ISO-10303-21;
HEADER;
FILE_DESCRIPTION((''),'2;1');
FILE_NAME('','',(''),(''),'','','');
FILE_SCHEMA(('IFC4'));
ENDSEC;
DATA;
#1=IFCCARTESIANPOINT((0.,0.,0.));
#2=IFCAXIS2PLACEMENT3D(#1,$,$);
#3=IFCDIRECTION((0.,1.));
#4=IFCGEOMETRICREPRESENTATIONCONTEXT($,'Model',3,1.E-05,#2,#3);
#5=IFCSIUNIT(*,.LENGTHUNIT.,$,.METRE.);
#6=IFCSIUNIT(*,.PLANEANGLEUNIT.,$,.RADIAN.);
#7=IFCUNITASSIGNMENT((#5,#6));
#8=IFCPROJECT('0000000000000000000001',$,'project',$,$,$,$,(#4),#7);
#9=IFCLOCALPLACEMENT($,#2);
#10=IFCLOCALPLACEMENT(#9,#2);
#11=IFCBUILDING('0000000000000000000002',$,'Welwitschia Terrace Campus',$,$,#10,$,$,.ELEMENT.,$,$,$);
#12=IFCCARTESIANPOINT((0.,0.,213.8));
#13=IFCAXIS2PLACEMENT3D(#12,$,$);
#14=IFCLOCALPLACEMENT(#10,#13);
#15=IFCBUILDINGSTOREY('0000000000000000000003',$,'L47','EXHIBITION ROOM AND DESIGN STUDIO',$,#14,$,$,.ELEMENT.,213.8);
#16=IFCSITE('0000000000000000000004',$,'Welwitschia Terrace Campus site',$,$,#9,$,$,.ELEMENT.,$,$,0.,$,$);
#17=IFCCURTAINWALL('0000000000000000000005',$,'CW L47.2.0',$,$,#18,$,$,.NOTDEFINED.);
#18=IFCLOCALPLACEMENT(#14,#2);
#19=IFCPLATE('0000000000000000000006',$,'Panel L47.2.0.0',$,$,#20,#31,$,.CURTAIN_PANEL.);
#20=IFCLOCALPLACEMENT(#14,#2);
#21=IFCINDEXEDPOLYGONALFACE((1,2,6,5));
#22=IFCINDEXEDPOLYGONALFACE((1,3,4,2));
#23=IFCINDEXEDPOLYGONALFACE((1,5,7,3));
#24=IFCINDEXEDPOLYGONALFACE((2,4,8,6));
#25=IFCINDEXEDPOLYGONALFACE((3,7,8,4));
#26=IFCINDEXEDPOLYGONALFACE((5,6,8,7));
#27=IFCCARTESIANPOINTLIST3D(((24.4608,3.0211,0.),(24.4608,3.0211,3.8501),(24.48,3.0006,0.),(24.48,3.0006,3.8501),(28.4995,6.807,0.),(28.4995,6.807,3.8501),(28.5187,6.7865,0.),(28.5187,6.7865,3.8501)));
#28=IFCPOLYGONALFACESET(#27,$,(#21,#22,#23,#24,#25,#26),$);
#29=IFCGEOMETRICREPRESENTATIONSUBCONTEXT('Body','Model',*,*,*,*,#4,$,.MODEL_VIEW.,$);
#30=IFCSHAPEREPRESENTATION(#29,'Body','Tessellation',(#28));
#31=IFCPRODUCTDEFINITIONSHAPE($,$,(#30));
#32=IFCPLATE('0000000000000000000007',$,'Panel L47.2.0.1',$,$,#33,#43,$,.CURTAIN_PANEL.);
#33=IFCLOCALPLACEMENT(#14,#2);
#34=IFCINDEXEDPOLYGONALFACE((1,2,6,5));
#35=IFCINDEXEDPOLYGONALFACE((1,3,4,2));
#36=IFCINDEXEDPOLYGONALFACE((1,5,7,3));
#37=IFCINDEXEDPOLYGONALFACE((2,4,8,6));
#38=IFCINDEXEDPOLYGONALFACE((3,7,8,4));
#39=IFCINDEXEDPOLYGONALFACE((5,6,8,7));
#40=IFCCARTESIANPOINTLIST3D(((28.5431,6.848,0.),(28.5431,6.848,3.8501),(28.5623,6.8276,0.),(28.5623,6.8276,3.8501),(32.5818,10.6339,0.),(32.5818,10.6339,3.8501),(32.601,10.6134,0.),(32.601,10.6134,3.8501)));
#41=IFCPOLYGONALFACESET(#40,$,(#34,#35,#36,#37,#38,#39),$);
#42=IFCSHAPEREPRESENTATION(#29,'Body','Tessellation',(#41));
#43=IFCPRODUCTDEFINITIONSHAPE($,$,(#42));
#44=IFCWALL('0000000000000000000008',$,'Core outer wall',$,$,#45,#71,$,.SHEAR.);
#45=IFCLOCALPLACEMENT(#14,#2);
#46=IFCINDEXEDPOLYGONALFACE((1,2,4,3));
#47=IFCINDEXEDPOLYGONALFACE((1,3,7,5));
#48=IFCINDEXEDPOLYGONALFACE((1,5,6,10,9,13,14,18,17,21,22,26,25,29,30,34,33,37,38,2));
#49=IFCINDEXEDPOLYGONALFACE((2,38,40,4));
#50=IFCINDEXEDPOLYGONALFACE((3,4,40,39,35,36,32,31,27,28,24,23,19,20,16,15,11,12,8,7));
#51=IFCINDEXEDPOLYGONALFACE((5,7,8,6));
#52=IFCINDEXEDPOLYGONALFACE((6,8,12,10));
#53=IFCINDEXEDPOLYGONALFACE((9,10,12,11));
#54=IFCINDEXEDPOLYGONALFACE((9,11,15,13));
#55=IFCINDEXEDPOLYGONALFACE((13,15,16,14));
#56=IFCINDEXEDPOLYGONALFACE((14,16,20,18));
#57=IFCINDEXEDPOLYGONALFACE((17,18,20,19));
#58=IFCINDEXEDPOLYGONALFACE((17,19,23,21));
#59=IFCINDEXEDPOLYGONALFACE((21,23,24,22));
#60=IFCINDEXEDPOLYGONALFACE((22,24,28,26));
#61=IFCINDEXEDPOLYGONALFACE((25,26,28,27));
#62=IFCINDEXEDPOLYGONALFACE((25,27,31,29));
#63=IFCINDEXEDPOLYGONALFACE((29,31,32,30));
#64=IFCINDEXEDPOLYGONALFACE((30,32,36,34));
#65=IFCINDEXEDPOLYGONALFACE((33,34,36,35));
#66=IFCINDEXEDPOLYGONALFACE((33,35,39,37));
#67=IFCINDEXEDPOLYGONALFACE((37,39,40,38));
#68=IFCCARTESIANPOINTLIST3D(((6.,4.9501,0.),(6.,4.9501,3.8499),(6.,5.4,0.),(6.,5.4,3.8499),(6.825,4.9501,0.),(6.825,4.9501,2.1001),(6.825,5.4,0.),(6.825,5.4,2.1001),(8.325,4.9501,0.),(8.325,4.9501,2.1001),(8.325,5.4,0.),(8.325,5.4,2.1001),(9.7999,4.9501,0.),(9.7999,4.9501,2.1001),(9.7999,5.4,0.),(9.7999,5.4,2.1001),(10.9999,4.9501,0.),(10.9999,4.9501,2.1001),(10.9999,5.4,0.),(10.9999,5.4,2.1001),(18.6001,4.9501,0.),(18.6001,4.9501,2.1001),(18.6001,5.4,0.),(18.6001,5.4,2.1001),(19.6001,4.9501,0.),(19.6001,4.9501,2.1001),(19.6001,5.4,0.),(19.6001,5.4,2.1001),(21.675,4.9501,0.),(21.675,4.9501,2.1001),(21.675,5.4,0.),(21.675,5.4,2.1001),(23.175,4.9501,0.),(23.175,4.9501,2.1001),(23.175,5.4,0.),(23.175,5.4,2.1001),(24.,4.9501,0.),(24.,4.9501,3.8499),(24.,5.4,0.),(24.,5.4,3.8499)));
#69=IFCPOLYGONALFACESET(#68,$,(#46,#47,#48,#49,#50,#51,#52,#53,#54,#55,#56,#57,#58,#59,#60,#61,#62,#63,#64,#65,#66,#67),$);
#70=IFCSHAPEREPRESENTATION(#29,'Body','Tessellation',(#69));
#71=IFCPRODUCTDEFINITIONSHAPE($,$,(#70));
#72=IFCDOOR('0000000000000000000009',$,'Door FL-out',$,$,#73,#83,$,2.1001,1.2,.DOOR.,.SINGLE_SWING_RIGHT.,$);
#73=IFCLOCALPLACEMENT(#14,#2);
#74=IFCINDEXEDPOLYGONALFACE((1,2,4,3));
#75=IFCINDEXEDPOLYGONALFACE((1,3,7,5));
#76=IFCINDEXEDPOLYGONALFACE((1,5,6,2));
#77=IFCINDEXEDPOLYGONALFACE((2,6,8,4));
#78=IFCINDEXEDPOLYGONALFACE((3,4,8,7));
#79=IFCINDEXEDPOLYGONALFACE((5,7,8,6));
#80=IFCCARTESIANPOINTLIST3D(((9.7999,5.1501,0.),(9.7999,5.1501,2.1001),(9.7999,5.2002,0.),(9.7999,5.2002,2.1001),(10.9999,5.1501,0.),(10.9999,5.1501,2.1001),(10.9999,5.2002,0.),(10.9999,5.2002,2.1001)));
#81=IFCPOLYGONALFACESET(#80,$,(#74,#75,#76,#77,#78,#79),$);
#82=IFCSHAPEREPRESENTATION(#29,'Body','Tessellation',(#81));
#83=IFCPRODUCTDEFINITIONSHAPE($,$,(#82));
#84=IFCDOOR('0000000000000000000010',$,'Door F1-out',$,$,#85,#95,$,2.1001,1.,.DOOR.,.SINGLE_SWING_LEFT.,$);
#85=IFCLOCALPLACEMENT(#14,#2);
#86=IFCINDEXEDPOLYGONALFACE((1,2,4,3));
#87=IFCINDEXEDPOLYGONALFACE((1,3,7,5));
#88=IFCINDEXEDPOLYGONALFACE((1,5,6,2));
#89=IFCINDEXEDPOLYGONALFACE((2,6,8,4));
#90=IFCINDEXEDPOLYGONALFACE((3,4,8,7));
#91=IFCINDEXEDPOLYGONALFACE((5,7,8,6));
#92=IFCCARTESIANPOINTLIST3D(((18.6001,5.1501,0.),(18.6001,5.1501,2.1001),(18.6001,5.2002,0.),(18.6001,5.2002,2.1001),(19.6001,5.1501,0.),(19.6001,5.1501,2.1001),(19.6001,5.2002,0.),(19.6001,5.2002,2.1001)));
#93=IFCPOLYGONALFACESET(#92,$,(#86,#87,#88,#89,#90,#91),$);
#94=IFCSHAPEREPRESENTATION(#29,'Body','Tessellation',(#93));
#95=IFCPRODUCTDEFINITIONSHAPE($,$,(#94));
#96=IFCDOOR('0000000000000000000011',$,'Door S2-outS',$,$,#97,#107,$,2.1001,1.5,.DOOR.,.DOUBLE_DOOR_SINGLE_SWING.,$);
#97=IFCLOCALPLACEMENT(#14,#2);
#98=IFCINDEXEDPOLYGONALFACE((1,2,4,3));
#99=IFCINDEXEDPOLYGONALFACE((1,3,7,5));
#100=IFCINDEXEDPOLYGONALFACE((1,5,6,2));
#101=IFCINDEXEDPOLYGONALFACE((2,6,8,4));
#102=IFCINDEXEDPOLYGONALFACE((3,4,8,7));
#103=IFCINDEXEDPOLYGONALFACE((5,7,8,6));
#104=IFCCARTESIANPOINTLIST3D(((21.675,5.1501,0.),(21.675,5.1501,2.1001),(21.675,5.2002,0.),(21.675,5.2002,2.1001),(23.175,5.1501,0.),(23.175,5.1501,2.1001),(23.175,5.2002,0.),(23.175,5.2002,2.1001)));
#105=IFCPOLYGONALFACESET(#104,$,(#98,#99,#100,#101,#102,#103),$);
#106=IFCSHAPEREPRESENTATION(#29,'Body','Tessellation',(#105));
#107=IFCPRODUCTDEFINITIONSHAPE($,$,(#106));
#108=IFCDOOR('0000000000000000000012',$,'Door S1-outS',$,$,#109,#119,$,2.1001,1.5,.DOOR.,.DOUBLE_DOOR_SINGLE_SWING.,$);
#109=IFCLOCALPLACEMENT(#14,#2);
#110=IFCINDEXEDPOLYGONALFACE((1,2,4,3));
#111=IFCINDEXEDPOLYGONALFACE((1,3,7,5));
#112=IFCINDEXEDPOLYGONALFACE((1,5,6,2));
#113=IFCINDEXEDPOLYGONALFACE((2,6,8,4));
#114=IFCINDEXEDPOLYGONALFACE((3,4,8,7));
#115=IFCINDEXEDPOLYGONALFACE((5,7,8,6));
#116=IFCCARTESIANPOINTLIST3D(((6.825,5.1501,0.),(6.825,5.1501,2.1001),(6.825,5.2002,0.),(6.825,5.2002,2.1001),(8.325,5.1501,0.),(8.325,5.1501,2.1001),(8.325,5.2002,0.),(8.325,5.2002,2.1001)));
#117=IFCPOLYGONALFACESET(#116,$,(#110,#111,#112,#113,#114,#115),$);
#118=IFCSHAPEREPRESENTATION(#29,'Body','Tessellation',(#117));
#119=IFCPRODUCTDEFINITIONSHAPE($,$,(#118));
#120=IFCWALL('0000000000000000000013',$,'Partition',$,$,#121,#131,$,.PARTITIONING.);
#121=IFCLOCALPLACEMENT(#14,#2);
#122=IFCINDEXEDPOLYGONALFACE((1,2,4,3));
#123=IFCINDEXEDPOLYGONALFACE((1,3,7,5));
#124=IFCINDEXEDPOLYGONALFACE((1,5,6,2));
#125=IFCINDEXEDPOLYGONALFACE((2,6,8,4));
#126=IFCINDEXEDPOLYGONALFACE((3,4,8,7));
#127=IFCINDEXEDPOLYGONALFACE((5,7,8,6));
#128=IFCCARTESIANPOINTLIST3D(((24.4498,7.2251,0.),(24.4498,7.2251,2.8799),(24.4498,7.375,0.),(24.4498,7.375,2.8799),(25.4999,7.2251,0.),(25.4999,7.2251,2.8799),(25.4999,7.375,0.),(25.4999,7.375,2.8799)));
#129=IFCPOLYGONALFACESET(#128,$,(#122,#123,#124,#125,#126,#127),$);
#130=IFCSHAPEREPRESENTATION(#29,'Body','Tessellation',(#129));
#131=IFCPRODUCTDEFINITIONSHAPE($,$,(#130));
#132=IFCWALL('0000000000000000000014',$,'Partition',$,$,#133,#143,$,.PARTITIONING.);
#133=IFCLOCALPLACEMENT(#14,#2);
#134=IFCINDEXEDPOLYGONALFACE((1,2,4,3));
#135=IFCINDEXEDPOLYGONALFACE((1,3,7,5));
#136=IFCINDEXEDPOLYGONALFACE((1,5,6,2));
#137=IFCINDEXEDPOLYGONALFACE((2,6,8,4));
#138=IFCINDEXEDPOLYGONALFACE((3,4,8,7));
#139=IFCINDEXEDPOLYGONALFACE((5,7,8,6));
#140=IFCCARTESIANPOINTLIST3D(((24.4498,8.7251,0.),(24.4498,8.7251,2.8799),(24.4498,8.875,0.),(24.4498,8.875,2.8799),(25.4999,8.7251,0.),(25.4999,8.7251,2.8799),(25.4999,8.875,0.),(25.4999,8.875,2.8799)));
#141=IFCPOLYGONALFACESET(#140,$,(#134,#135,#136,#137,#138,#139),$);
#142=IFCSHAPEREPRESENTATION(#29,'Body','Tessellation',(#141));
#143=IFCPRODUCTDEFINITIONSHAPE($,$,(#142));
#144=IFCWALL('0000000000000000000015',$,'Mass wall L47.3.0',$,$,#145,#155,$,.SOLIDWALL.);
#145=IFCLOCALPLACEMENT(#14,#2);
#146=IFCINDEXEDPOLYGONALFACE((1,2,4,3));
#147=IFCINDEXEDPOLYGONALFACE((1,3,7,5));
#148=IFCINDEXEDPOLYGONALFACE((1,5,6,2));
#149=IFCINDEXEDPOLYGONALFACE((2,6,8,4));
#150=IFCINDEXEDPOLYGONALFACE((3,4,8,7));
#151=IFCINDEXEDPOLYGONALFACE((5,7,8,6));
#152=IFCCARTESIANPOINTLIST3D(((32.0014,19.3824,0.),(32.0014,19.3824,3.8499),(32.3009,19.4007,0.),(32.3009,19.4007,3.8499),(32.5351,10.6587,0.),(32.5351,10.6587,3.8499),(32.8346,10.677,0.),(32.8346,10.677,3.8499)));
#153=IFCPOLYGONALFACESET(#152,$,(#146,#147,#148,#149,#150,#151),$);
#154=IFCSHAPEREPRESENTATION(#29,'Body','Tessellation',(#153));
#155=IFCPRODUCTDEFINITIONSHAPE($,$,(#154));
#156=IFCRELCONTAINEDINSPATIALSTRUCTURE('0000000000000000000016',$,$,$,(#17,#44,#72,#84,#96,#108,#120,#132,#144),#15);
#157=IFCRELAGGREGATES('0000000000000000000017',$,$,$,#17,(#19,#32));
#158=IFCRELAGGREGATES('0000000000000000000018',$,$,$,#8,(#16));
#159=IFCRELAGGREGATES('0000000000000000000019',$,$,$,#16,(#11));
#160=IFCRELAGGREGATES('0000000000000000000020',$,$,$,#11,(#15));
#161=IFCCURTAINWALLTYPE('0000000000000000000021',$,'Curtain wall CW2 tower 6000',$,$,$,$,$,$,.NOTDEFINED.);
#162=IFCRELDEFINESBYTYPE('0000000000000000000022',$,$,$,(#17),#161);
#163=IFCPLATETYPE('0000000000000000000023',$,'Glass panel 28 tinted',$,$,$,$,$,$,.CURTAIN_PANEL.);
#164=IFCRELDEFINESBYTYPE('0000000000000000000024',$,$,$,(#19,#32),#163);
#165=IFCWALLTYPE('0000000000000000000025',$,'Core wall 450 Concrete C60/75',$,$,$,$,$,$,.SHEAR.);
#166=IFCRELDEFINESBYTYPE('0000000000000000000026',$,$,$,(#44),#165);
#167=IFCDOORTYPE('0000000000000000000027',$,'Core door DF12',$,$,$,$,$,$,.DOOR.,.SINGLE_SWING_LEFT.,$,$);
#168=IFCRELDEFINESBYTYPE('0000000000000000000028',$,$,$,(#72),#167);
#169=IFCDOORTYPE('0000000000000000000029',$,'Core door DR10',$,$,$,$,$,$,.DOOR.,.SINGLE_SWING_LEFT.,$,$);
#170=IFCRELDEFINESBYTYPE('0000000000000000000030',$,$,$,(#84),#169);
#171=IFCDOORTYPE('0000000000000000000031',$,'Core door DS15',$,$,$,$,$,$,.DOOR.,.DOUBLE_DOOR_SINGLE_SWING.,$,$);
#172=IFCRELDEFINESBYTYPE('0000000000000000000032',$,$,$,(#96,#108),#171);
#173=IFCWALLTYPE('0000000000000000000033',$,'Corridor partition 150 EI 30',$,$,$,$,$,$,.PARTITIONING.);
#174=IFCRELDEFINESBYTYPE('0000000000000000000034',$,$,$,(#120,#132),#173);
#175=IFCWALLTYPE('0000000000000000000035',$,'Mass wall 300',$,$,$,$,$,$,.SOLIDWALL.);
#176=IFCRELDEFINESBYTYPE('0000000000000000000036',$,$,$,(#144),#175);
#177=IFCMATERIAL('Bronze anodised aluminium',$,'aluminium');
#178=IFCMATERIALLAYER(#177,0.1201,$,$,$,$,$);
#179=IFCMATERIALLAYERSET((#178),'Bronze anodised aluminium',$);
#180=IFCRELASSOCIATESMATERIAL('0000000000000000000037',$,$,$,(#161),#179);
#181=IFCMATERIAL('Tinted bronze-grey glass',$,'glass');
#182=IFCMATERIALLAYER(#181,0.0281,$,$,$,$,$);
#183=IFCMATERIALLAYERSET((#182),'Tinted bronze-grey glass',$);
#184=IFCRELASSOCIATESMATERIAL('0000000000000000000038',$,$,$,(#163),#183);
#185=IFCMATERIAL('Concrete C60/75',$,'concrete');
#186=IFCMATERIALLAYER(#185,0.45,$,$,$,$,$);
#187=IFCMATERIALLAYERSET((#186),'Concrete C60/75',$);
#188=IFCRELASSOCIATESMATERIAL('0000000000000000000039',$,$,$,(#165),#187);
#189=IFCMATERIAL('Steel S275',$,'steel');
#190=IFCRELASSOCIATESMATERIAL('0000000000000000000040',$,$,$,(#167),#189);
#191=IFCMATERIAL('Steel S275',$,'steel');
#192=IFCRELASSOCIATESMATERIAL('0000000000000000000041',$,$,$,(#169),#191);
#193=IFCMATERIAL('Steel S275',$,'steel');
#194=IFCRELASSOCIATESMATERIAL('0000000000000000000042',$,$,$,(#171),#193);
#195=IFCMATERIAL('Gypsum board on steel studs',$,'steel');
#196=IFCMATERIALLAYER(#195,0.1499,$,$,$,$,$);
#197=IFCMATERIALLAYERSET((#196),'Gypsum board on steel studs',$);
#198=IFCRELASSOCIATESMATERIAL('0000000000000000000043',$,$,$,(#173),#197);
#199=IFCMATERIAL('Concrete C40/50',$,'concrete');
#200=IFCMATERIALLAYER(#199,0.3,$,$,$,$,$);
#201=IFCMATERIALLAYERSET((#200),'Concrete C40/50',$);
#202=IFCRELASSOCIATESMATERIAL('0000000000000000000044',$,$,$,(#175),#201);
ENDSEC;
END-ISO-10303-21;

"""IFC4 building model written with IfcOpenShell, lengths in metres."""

from ifc_helpers import new_model, si_unit, direction, frame, frame_2d, origin, origin_2d, place, context, subcontext, project, spatial, rectangle, extrude, material, layer, layer_set, type_object, element, fill, aggregate, save


model = new_model("IFC4")

# Units and contexts
model_context = context("Model", 3, precision=1e-05, world=origin(), true_north=direction((0.0, 1.0)))
body_context = subcontext(model_context, "Body", "Model", "MODEL_VIEW")
ifc_project = project(units=[si_unit("LENGTHUNIT", "METRE"), si_unit("PLANEANGLEUNIT", "RADIAN")], contexts=[model_context])

# Site, building, storey
site_placement = place(None, origin())
site = spatial("IfcSite", under=ifc_project, at=site_placement, Name="Welwitschia Terrace Campus site", CompositionType="ELEMENT", RefElevation=0.0)
building_placement = place(site_placement, origin())
building = spatial("IfcBuilding", under=site, at=building_placement, Name="Welwitschia Terrace Campus", CompositionType="ELEMENT")
storey_placement = place(building_placement, frame((0.0, 0.0, 213.8)))
storey = spatial("IfcBuildingStorey", under=building, at=storey_placement, Name="L47", Description="EXHIBITION ROOM AND DESIGN STUDIO", CompositionType="ELEMENT", Elevation=213.8)

# Shared definitions
ifc_material_1 = material(Name="Bronze anodised aluminium", Category="aluminium")
ifc_layer_1 = layer(ifc_material_1, 0.1201)
ifc_layer_set_1 = layer_set([ifc_layer_1], Name="Bronze anodised aluminium")
curtain_wall_type = type_object("IfcCurtainWallType", Name="Curtain wall CW2 tower 6000", PredefinedType="NOTDEFINED", material=ifc_layer_set_1)

# Curtain wall
curtain_wall_1_placement = place(storey_placement, origin())
curtain_wall_1 = element("IfcCurtainWall", 1, at=curtain_wall_1_placement, inside=storey, type_object=curtain_wall_type, Name="CW L47.2.0", PredefinedType="NOTDEFINED")

# Plates
ifc_material_2 = material(Name="Tinted bronze-grey glass", Category="glass")
ifc_layer_2 = layer(ifc_material_2, 0.0281)
ifc_layer_set_2 = layer_set([ifc_layer_2], Name="Tinted bronze-grey glass")
plate_type = type_object("IfcPlateType", Name="Glass panel 28 tinted", PredefinedType="CURTAIN_PANEL", material=ifc_layer_set_2)
plate_1_placement = place(storey_placement, frame((26.4897, 4.9038, 0.0), z_axis=(0.0, 0.0, 1.0), x_axis=(0.729574, 0.683902, 0.0)))
plate_1 = element("IfcPlate", 2, at=plate_1_placement, type_object=plate_type, Name="Panel L47.2.0.0", PredefinedType="CURTAIN_PANEL", context=body_context, shape_type="SweptSolid", body=[
    extrude(rectangle(XDim=5.5356, YDim=0.0281, at=origin_2d()), origin(), (0.0, 0.0, 1.0), 3.8501),
])
plate_2_placement = place(storey_placement, frame((30.572, 8.7307, 0.0), z_axis=(0.0, 0.0, 1.0), x_axis=(0.729574, 0.683902, 0.0)))
plate_2 = element("IfcPlate", 3, at=plate_2_placement, type_object=plate_type, Name="Panel L47.2.0.1", PredefinedType="CURTAIN_PANEL", context=body_context, shape_type="SweptSolid", body=[
    extrude(rectangle(XDim=5.5356, YDim=0.0281, at=origin_2d()), origin(), (0.0, 0.0, 1.0), 3.8501),
])
aggregate(curtain_wall_1, [plate_1, plate_2])

# Wall, openings, doors
ifc_material_3 = material(Name="Concrete C60/75", Category="concrete")
ifc_layer_3 = layer(ifc_material_3, 0.45)
ifc_layer_set_3 = layer_set([ifc_layer_3], Name="Concrete C60/75")
wall_type_1 = type_object("IfcWallType", Name="Core wall 450 Concrete C60/75", PredefinedType="SHEAR", material=ifc_layer_set_3)
wall_1_placement = place(storey_placement, frame((24.0, 5.175, 0.0), z_axis=(0.0, 0.0, 1.0), x_axis=(-1.0, 0.0, 0.0)))
wall_1 = element("IfcWall", 4, at=wall_1_placement, inside=storey, type_object=wall_type_1, Name="Core outer wall", PredefinedType="SHEAR", context=body_context, shape_type="SweptSolid", body=[
    extrude(rectangle(XDim=18.0, YDim=0.45, at=frame_2d((9.0, 0.0))), origin(), (0.0, 0.0, 1.0), 3.8499),
])
opening_1_placement = place(wall_1_placement, frame((0.825, 0.0, 0.0)))
opening_1 = element("IfcOpeningElement", 5, at=opening_1_placement, cuts=wall_1, PredefinedType="OPENING", context=body_context, shape_type="SweptSolid", body=[
    extrude(rectangle(XDim=1.5, YDim=2.1001, at=frame_2d((0.75, 1.05))), frame((0.0, 0.2349, 0.0), z_axis=(0.0, -1.0, 0.0), x_axis=(1.0, 0.0, 0.0)), (0.0, 0.0, 1.0), 0.47),
])
opening_2_placement = place(wall_1_placement, frame((15.675, 0.0, 0.0)))
opening_2 = element("IfcOpeningElement", 6, at=opening_2_placement, cuts=wall_1, PredefinedType="OPENING", context=body_context, shape_type="SweptSolid", body=[
    extrude(rectangle(XDim=1.5, YDim=2.1001, at=frame_2d((0.75, 1.05))), frame((0.0, 0.2349, 0.0), z_axis=(0.0, -1.0, 0.0), x_axis=(1.0, 0.0, 0.0)), (0.0, 0.0, 1.0), 0.47),
])
opening_3_placement = place(wall_1_placement, frame((13.0, 0.0, 0.0)))
opening_3 = element("IfcOpeningElement", 7, at=opening_3_placement, cuts=wall_1, PredefinedType="OPENING", context=body_context, shape_type="SweptSolid", body=[
    extrude(rectangle(XDim=1.2, YDim=2.1001, at=frame_2d((0.6001, 1.05))), frame((0.0, 0.2349, 0.0), z_axis=(0.0, -1.0, 0.0), x_axis=(1.0, 0.0, 0.0)), (0.0, 0.0, 1.0), 0.47),
])
opening_4_placement = place(wall_1_placement, frame((4.3999, 0.0, 0.0)))
opening_4 = element("IfcOpeningElement", 8, at=opening_4_placement, cuts=wall_1, PredefinedType="OPENING", context=body_context, shape_type="SweptSolid", body=[
    extrude(rectangle(XDim=1.0, YDim=2.1001, at=frame_2d((0.5, 1.05))), frame((0.0, 0.2349, 0.0), z_axis=(0.0, -1.0, 0.0), x_axis=(1.0, 0.0, 0.0)), (0.0, 0.0, 1.0), 0.47),
])
ifc_material_4 = material(Name="Steel S275", Category="steel")
door_type_1 = type_object("IfcDoorType", Name="Core door DF12", OperationType="SINGLE_SWING_LEFT", PredefinedType="DOOR", material=ifc_material_4)
door_1_placement = place(opening_3_placement, origin())
door_1 = element("IfcDoor", 9, at=door_1_placement, inside=storey, type_object=door_type_1, Name="Door FL-out", OperationType="SINGLE_SWING_RIGHT", OverallHeight=2.1001, OverallWidth=1.2, PredefinedType="DOOR", context=body_context, shape_type="SweptSolid", body=[
    extrude(rectangle(XDim=1.2, YDim=2.1001, at=frame_2d((0.6001, 1.05))), frame((0.0, 0.0249, 0.0), z_axis=(0.0, -1.0, 0.0), x_axis=(1.0, 0.0, 0.0)), (0.0, 0.0, 1.0), 0.05),
])
fill(opening_3, door_1)
ifc_material_5 = material(Name="Steel S275", Category="steel")
door_type_2 = type_object("IfcDoorType", Name="Core door DR10", OperationType="SINGLE_SWING_LEFT", PredefinedType="DOOR", material=ifc_material_5)
door_2_placement = place(opening_4_placement, origin())
door_2 = element("IfcDoor", 10, at=door_2_placement, inside=storey, type_object=door_type_2, Name="Door F1-out", OperationType="SINGLE_SWING_LEFT", OverallHeight=2.1001, OverallWidth=1.0, PredefinedType="DOOR", context=body_context, shape_type="SweptSolid", body=[
    extrude(rectangle(XDim=1.0, YDim=2.1001, at=frame_2d((0.5, 1.05))), frame((0.0, 0.0249, 0.0), z_axis=(0.0, -1.0, 0.0), x_axis=(1.0, 0.0, 0.0)), (0.0, 0.0, 1.0), 0.05),
])
fill(opening_4, door_2)
ifc_material_6 = material(Name="Steel S275", Category="steel")
door_type_3 = type_object("IfcDoorType", Name="Core door DS15", OperationType="DOUBLE_DOOR_SINGLE_SWING", PredefinedType="DOOR", material=ifc_material_6)
door_3_placement = place(opening_1_placement, origin())
door_3 = element("IfcDoor", 11, at=door_3_placement, inside=storey, type_object=door_type_3, Name="Door S2-outS", OperationType="DOUBLE_DOOR_SINGLE_SWING", OverallHeight=2.1001, OverallWidth=1.5, PredefinedType="DOOR", context=body_context, shape_type="SweptSolid", body=[
    extrude(rectangle(XDim=1.5, YDim=2.1001, at=frame_2d((0.75, 1.05))), frame((0.0, 0.0249, 0.0), z_axis=(0.0, -1.0, 0.0), x_axis=(1.0, 0.0, 0.0)), (0.0, 0.0, 1.0), 0.05),
])
fill(opening_1, door_3)
door_4_placement = place(opening_2_placement, origin())
door_4 = element("IfcDoor", 12, at=door_4_placement, inside=storey, type_object=door_type_3, Name="Door S1-outS", OperationType="DOUBLE_DOOR_SINGLE_SWING", OverallHeight=2.1001, OverallWidth=1.5, PredefinedType="DOOR", context=body_context, shape_type="SweptSolid", body=[
    extrude(rectangle(XDim=1.5, YDim=2.1001, at=frame_2d((0.75, 1.05))), frame((0.0, 0.0249, 0.0), z_axis=(0.0, -1.0, 0.0), x_axis=(1.0, 0.0, 0.0)), (0.0, 0.0, 1.0), 0.05),
])
fill(opening_2, door_4)

# Walls
ifc_material_7 = material(Name="Gypsum board on steel studs", Category="steel")
ifc_layer_4 = layer(ifc_material_7, 0.1499)
ifc_layer_set_4 = layer_set([ifc_layer_4], Name="Gypsum board on steel studs")
wall_type_2 = type_object("IfcWallType", Name="Corridor partition 150 EI 30", PredefinedType="PARTITIONING", material=ifc_layer_set_4)
for number, where, z_axis, x_axis, name in (
    (13, (24.45, 7.3, 0.0), (0.0, 0.0, 1.0), (1.0, 0.0, 0.0), "Partition"),
    (14, (24.45, 8.8, 0.0), (0.0, 0.0, 1.0), (1.0, 0.0, 0.0), "Partition"),
):
    element("IfcWall", number, at=place(storey_placement, frame(where, z_axis=z_axis, x_axis=x_axis)), inside=storey, type_object=wall_type_2, Name=name, PredefinedType="PARTITIONING", context=body_context, shape_type="SweptSolid", body=[
        extrude(rectangle(XDim=1.05, YDim=0.1499, at=frame_2d((0.5249, 0.0))), origin(), (0.0, 0.0, 1.0), 2.8799),
    ])
ifc_material_8 = material(Name="Concrete C40/50", Category="concrete")
ifc_layer_5 = layer(ifc_material_8, 0.3)
ifc_layer_set_5 = layer_set([ifc_layer_5], Name="Concrete C40/50")
wall_type_3 = type_object("IfcWallType", Name="Mass wall 300", PredefinedType="SOLIDWALL", material=ifc_layer_set_5)
wall_2_placement = place(storey_placement, frame((32.6848, 10.6677, 0.0), z_axis=(0.0, 0.0, 1.0), x_axis=(-0.061063, 0.998134, 0.0)))
element("IfcWall", 15, at=wall_2_placement, inside=storey, type_object=wall_type_3, Name="Mass wall L47.3.0", PredefinedType="SOLIDWALL", context=body_context, shape_type="SweptSolid", body=[
    extrude(rectangle(XDim=8.74, YDim=0.3, at=frame_2d((4.3701, 0.0))), origin(), (0.0, 0.0, 1.0), 3.8499),
])

save(model, "model.ifc")
